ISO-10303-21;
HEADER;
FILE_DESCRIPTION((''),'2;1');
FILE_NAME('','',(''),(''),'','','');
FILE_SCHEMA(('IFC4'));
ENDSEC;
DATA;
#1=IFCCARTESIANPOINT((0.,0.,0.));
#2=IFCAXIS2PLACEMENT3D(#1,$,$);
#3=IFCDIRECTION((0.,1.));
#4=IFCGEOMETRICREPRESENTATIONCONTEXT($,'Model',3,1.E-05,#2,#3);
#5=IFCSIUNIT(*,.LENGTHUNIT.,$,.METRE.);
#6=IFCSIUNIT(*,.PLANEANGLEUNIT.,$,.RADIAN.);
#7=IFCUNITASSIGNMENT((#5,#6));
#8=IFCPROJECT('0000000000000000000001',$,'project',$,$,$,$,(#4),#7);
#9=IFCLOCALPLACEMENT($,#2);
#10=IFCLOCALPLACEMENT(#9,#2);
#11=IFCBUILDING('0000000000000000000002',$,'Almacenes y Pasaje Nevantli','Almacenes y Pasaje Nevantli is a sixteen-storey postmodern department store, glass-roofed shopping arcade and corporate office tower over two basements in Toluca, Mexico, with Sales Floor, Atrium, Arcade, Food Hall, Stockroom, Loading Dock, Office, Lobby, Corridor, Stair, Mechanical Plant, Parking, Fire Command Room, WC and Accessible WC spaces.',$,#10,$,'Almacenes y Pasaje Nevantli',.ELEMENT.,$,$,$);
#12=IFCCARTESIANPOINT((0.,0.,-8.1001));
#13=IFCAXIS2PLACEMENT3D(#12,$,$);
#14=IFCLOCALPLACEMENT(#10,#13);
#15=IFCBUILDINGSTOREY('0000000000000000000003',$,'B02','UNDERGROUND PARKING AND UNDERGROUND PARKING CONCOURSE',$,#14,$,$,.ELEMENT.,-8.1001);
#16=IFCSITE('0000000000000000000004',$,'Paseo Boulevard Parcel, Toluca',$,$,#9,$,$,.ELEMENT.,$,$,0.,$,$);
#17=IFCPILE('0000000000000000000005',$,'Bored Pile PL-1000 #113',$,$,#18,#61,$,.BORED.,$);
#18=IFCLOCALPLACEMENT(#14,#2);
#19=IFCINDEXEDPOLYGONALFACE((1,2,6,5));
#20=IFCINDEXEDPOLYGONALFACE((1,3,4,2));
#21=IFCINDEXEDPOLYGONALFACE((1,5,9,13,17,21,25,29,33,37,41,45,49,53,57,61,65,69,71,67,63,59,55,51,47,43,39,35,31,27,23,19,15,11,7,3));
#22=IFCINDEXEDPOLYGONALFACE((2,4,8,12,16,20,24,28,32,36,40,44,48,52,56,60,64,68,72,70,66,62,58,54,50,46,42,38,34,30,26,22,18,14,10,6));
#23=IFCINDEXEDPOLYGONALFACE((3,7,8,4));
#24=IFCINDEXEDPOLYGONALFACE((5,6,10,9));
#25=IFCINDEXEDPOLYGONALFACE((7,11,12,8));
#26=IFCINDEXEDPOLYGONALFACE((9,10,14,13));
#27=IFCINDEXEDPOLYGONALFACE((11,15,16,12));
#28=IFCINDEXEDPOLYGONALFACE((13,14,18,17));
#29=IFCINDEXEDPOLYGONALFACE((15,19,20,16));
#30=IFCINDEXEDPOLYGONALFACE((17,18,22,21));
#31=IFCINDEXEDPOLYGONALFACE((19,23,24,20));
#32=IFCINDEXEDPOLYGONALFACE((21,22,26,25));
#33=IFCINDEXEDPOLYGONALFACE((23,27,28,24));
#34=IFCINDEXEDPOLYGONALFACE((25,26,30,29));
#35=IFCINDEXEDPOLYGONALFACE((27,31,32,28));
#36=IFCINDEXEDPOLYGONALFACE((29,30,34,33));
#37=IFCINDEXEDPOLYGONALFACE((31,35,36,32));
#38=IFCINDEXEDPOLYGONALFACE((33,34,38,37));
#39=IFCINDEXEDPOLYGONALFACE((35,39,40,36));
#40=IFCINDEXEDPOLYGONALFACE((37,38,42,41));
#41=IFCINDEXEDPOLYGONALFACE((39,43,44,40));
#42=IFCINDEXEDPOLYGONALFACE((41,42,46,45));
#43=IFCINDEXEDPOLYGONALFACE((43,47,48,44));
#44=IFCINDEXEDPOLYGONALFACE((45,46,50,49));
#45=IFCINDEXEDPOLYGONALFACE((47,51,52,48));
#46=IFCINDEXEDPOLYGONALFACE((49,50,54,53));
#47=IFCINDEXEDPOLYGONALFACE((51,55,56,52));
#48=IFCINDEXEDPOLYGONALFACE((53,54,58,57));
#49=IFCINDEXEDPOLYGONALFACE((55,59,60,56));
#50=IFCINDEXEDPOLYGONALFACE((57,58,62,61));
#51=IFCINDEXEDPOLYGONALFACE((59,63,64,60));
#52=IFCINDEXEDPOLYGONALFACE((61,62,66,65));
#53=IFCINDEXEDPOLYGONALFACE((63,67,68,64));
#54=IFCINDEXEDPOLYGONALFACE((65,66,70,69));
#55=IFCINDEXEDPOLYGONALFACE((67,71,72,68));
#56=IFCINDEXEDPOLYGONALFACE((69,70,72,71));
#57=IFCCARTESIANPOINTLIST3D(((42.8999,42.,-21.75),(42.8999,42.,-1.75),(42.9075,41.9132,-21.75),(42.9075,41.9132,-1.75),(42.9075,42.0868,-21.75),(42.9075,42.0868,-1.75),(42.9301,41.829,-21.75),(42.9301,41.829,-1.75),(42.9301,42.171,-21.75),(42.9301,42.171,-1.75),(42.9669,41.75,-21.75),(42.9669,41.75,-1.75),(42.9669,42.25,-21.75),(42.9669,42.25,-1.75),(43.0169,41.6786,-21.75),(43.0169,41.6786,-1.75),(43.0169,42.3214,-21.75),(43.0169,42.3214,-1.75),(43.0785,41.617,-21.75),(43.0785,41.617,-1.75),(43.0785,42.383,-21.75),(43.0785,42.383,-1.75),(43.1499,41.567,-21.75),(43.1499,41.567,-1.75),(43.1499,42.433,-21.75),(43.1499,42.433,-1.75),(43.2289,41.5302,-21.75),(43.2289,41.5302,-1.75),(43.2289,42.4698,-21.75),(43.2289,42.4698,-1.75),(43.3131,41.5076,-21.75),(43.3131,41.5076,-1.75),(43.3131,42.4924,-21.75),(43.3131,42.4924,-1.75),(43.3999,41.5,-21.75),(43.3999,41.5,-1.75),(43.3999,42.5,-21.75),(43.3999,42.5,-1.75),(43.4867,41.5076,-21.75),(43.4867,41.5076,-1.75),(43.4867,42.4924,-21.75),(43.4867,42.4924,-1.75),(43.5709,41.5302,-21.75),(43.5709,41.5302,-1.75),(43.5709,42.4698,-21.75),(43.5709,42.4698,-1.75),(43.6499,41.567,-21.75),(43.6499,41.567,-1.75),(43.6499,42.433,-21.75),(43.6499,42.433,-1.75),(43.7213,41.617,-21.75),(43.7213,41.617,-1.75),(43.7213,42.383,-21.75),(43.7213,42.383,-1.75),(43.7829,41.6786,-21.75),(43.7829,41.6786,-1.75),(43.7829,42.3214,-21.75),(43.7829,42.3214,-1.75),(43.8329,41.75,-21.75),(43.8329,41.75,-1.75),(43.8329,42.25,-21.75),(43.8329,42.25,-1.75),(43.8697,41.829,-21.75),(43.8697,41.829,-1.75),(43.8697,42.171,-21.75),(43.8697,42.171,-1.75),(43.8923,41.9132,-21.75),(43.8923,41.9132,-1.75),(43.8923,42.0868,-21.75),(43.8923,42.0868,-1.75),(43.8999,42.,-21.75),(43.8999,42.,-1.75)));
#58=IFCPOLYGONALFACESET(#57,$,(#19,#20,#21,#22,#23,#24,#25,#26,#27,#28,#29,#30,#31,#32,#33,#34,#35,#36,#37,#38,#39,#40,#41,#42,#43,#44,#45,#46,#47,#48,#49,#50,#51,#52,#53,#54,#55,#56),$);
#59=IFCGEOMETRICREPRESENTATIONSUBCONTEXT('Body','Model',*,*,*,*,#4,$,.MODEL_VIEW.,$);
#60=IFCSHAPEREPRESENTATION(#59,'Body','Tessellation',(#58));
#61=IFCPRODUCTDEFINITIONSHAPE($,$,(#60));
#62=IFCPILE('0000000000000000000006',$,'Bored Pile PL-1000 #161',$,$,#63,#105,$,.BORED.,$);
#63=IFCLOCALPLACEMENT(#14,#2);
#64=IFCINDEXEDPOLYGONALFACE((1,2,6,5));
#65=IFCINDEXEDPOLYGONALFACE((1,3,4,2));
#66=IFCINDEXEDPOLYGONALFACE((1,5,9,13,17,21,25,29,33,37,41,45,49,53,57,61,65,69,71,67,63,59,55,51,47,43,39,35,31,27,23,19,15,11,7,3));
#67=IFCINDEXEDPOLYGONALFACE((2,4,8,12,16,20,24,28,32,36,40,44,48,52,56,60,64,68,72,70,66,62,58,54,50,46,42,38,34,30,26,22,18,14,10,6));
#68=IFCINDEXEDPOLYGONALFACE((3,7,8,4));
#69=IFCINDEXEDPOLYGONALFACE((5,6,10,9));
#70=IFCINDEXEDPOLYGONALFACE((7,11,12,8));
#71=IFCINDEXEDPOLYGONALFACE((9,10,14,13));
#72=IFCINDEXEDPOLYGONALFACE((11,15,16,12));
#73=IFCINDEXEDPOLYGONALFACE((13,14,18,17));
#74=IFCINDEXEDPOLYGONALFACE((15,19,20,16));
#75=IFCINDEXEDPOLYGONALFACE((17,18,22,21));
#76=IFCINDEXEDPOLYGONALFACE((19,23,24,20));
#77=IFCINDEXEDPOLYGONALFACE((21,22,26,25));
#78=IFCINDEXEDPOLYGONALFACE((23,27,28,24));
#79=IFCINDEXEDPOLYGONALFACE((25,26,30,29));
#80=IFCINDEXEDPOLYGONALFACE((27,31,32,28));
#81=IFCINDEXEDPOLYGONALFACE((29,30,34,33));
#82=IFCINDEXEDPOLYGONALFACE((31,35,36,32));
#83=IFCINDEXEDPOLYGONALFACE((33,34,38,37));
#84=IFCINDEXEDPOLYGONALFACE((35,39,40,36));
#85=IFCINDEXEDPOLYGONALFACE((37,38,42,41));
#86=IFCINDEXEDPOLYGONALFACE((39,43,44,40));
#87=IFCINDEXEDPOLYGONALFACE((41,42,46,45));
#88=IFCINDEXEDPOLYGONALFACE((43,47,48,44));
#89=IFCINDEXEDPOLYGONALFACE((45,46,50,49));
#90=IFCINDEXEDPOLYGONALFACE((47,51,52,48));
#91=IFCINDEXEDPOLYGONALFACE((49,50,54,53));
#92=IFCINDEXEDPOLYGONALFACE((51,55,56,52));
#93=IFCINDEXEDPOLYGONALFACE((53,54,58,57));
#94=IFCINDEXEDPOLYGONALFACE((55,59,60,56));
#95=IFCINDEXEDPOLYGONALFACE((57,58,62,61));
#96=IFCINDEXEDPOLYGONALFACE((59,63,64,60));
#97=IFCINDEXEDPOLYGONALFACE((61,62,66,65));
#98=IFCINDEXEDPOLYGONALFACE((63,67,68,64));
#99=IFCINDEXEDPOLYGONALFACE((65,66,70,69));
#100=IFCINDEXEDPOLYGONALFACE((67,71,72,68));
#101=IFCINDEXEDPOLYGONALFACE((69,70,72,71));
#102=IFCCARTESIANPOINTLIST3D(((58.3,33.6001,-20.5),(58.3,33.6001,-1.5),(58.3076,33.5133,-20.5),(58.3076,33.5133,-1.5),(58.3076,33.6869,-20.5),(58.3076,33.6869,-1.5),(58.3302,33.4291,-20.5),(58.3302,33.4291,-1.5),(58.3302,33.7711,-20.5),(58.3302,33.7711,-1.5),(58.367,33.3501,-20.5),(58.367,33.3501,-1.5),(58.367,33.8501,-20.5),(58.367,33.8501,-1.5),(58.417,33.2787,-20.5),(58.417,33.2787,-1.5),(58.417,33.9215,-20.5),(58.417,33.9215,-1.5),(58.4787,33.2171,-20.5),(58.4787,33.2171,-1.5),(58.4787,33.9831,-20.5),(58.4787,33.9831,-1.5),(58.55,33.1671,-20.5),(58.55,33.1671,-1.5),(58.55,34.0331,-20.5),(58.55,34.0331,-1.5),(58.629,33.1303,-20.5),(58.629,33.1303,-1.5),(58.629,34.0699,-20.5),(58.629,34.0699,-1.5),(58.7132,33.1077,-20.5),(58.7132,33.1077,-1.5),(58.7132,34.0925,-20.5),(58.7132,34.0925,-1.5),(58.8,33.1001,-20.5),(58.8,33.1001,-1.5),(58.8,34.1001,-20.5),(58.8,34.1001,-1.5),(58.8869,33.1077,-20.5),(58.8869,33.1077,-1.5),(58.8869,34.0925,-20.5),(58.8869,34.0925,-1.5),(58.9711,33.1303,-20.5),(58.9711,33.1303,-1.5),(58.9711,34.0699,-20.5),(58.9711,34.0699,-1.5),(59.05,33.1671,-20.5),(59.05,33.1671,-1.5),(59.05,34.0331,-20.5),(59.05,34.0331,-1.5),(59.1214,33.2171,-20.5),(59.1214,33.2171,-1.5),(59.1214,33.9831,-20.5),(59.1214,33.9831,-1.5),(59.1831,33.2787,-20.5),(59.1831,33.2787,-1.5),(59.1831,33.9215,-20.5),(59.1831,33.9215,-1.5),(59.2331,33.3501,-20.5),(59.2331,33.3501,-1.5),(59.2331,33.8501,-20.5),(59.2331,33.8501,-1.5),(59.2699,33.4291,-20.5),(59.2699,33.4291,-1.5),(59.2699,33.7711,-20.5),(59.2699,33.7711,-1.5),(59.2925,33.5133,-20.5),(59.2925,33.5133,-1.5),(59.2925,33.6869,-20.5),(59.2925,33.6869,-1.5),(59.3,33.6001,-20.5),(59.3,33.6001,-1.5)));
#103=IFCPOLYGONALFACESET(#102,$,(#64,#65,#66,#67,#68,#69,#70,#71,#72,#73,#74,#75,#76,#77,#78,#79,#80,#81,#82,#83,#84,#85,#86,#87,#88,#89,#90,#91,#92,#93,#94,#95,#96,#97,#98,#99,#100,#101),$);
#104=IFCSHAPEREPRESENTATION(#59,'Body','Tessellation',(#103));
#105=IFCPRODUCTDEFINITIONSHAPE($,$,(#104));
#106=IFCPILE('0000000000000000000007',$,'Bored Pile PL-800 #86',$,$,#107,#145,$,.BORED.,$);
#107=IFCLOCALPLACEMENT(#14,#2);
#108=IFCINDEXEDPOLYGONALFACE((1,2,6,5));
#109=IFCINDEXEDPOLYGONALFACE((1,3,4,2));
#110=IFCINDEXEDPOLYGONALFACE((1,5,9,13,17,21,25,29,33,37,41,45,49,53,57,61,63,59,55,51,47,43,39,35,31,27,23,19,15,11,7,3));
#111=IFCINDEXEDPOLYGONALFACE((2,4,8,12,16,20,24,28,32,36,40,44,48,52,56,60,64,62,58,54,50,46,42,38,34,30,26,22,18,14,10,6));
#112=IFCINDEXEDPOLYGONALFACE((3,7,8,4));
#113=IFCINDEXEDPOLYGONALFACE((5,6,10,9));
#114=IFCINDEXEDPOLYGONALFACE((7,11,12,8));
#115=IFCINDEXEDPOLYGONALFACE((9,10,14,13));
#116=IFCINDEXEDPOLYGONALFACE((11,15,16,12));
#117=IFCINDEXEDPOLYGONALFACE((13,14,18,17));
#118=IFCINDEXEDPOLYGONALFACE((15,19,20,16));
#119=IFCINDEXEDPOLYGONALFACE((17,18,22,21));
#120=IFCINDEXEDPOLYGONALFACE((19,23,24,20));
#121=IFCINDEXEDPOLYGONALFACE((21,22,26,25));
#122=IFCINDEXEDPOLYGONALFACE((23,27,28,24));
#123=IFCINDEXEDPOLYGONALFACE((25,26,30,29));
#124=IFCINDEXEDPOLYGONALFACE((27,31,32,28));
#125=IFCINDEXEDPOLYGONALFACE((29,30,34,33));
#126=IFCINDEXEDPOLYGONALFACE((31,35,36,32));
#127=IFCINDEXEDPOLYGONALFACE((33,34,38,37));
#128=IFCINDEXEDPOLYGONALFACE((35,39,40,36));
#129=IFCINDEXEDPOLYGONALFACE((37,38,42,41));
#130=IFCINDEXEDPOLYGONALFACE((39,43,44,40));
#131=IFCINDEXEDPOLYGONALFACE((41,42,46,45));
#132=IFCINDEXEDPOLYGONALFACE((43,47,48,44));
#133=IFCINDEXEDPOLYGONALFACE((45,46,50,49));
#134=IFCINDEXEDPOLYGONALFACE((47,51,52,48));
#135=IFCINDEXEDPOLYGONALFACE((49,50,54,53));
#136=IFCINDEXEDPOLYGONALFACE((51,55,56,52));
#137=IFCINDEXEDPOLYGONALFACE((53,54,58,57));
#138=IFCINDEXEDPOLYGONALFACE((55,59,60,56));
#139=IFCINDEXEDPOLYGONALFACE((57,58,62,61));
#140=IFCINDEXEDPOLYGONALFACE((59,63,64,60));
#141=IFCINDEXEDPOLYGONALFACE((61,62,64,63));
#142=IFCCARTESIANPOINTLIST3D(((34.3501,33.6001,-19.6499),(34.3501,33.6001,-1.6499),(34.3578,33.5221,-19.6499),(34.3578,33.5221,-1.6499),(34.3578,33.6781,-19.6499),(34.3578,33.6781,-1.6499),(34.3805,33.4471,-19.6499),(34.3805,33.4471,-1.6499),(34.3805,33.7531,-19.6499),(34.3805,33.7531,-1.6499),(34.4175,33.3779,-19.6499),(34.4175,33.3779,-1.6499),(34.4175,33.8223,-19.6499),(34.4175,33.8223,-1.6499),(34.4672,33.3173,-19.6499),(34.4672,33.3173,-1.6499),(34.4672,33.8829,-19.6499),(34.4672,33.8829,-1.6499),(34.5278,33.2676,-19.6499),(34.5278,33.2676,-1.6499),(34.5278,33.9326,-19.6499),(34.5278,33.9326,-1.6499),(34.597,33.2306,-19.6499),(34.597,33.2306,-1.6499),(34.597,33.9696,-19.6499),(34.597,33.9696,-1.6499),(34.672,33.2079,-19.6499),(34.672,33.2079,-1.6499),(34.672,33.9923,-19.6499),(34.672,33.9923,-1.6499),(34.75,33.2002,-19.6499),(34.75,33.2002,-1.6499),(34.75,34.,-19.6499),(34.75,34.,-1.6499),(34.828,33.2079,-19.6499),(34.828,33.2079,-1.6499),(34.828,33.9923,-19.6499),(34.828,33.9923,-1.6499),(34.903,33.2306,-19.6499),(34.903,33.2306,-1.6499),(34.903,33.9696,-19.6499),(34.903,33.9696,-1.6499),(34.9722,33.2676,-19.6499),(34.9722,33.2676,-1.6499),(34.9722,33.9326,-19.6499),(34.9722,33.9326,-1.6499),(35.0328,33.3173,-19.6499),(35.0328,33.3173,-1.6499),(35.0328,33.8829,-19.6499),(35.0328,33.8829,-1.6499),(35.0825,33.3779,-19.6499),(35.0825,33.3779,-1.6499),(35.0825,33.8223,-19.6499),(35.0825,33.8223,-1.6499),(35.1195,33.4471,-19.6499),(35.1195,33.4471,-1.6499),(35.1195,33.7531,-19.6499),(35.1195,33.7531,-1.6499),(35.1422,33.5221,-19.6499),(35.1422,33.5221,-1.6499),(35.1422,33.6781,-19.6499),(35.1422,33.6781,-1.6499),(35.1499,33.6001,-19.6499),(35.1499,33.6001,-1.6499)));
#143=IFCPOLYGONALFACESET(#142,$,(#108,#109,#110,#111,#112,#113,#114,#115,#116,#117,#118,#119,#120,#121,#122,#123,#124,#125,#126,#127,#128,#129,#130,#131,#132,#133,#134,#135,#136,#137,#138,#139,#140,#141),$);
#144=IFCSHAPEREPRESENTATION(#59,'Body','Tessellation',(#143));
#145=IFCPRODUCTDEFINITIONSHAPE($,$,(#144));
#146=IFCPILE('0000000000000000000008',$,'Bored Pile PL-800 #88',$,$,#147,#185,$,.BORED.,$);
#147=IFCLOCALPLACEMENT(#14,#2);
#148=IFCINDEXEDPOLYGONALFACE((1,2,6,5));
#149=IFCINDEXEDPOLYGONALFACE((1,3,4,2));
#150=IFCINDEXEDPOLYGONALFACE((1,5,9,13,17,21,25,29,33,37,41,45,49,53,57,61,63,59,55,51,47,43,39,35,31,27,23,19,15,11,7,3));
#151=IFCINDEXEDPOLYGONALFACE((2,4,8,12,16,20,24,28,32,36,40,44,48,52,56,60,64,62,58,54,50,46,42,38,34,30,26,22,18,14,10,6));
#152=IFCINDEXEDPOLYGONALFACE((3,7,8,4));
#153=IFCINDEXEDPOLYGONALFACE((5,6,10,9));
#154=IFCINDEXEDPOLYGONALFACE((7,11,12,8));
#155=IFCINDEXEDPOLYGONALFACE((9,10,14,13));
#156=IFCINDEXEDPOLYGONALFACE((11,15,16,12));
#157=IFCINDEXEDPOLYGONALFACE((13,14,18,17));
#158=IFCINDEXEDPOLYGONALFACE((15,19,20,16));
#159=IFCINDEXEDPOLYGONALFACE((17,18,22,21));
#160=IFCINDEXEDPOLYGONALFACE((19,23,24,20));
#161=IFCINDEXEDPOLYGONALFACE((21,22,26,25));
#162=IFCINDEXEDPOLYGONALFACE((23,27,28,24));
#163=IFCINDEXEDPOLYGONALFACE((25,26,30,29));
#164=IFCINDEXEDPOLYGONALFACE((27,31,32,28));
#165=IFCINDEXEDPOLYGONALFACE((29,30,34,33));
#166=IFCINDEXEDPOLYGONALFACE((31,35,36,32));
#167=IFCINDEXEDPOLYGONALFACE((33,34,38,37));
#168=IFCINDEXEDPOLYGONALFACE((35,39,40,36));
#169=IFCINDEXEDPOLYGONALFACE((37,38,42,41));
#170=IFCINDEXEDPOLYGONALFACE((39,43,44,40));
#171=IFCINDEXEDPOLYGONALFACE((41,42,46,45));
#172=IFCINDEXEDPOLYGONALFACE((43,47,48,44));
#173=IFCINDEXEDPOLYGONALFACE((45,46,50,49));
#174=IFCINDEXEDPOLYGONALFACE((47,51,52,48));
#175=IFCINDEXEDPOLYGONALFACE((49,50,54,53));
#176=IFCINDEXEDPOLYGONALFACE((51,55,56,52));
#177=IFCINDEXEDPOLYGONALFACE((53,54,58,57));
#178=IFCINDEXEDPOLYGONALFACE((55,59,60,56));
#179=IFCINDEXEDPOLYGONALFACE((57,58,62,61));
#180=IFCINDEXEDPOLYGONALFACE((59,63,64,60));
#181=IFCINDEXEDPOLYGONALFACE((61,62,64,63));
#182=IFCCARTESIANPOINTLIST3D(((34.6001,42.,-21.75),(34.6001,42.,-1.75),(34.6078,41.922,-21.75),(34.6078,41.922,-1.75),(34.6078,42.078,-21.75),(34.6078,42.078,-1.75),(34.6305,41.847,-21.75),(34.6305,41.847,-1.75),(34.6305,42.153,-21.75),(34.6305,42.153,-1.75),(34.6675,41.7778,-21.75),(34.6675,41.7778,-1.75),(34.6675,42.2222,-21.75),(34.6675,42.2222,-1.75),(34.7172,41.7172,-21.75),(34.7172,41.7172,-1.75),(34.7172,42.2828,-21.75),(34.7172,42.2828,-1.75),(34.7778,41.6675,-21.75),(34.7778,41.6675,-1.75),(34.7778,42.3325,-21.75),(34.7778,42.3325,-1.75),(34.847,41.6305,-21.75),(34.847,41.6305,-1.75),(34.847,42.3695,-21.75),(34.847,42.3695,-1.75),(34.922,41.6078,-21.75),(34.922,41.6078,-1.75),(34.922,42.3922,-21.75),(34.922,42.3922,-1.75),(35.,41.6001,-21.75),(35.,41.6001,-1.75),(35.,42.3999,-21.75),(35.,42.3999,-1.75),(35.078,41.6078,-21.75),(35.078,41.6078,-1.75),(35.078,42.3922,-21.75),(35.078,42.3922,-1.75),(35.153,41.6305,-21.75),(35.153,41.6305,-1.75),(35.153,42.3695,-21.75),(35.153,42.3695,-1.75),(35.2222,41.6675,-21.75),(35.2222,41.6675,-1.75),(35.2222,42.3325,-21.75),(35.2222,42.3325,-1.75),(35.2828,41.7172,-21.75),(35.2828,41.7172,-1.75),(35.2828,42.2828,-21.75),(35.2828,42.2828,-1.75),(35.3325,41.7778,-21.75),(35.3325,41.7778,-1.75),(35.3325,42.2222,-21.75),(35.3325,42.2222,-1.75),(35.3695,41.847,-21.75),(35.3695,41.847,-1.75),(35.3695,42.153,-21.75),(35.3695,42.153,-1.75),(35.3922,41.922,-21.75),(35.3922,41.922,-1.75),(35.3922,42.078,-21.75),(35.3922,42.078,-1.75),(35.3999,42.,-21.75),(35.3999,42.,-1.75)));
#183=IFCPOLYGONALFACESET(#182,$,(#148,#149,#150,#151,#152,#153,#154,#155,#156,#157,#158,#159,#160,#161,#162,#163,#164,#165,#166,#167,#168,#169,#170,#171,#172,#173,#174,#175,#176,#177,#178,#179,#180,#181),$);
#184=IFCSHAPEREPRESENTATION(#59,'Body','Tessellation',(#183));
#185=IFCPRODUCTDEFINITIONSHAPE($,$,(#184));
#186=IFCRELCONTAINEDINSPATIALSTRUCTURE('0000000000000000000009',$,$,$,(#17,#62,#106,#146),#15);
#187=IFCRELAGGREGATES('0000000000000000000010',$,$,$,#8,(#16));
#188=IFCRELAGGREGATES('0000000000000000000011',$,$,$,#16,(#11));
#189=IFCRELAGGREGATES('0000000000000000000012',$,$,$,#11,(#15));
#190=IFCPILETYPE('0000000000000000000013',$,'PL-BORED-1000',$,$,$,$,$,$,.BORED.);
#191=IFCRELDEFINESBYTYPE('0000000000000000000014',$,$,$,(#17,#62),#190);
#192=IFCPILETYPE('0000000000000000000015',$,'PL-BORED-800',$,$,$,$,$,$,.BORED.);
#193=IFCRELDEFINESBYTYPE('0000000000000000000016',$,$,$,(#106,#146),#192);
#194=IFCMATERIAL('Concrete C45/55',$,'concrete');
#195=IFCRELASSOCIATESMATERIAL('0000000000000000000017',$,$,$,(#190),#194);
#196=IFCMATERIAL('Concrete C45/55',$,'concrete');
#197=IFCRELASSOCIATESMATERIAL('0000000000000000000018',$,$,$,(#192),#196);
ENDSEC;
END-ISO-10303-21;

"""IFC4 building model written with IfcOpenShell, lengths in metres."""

from ifc_helpers import new_model, si_unit, direction, frame, origin, origin_2d, place, context, subcontext, project, spatial, circle, extrude, material, material_profile, profile_set, type_object, element, save


model = new_model("IFC4")

# Units and contexts
model_context = context("Model", 3, precision=1e-05, world=origin(), true_north=direction((0.0, 1.0)))
body_context = subcontext(model_context, "Body", "Model", "MODEL_VIEW")
ifc_project = project(units=[si_unit("LENGTHUNIT", "METRE"), si_unit("PLANEANGLEUNIT", "RADIAN")], contexts=[model_context])

# Site, building, storey
site_placement = place(None, origin())
site = spatial("IfcSite", under=ifc_project, at=site_placement, Name="Paseo Boulevard Parcel, Toluca", CompositionType="ELEMENT", RefElevation=0.0)
building_placement = place(site_placement, origin())
building = spatial("IfcBuilding", under=site, at=building_placement, Name="Almacenes y Pasaje Nevantli", Description="Almacenes y Pasaje Nevantli is a sixteen-storey postmodern department store, glass-roofed shopping arcade and corporate office tower over two basements in Toluca, Mexico, with Sales Floor, Atrium, Arcade, Food Hall, Stockroom, Loading Dock, Office, Lobby, Corridor, Stair, Mechanical Plant, Parking, Fire Command Room, WC and Accessible WC spaces.", LongName="Almacenes y Pasaje Nevantli", CompositionType="ELEMENT")
storey_placement = place(building_placement, frame((0.0, 0.0, -8.1001)))
storey = spatial("IfcBuildingStorey", under=building, at=storey_placement, Name="B02", Description="UNDERGROUND PARKING AND UNDERGROUND PARKING CONCOURSE", CompositionType="ELEMENT", Elevation=-8.1001)

# Piles
ifc_material_1 = material(Name="Concrete C45/55", Category="concrete")
ifc_material_profile_1 = material_profile(ifc_material_1, circle(Radius=0.5, at=origin_2d()), Name="RC-PILE-D1000")
ifc_profile_set_1 = profile_set([ifc_material_profile_1], Name="Concrete C45/55")
pile_type_1 = type_object("IfcPileType", Name="PL-BORED-1000", PredefinedType="BORED", material=ifc_profile_set_1)
for number, where, z_axis, x_axis, name in (
    (1, (43.3999, 42.0, -1.75), (0.0, 0.0, -1.0), (1.0, 0.0, 0.0), "Bored Pile PL-1000 #113"),
):
    element("IfcPile", number, at=place(storey_placement, frame(where, z_axis=z_axis, x_axis=x_axis)), inside=storey, type_object=pile_type_1, Name=name, PredefinedType="BORED", context=body_context, shape_type="SweptSolid", body=[
        extrude(circle(Radius=0.5, at=origin_2d()), origin(), (0.0, 0.0, 1.0), 20.0),
    ])
pile_1_placement = place(storey_placement, frame((58.8, 33.6001, -1.5), z_axis=(0.0, 0.0, -1.0), x_axis=(1.0, 0.0, 0.0)))
element("IfcPile", 2, at=pile_1_placement, inside=storey, type_object=pile_type_1, Name="Bored Pile PL-1000 #161", PredefinedType="BORED", context=body_context, shape_type="SweptSolid", body=[
    extrude(circle(Radius=0.5, at=origin_2d()), origin(), (0.0, 0.0, 1.0), 19.0),
])
ifc_material_2 = material(Name="Concrete C45/55", Category="concrete")
ifc_material_profile_2 = material_profile(ifc_material_2, circle(Radius=0.3999, at=origin_2d()), Name="RC-PILE-D800")
ifc_profile_set_2 = profile_set([ifc_material_profile_2], Name="Concrete C45/55")
pile_type_2 = type_object("IfcPileType", Name="PL-BORED-800", PredefinedType="BORED", material=ifc_profile_set_2)
pile_2_placement = place(storey_placement, frame((34.75, 33.6001, -1.6499), z_axis=(0.0, 0.0, -1.0), x_axis=(1.0, 0.0, 0.0)))
element("IfcPile", 3, at=pile_2_placement, inside=storey, type_object=pile_type_2, Name="Bored Pile PL-800 #86", PredefinedType="BORED", context=body_context, shape_type="SweptSolid", body=[
    extrude(circle(Radius=0.3999, at=origin_2d()), origin(), (0.0, 0.0, 1.0), 18.0),
])
pile_3_placement = place(storey_placement, frame((35.0, 42.0, -1.75), z_axis=(0.0, 0.0, -1.0), x_axis=(1.0, 0.0, 0.0)))
element("IfcPile", 4, at=pile_3_placement, inside=storey, type_object=pile_type_2, Name="Bored Pile PL-800 #88", PredefinedType="BORED", context=body_context, shape_type="SweptSolid", body=[
    extrude(circle(Radius=0.3999, at=origin_2d()), origin(), (0.0, 0.0, 1.0), 20.0),
])

save(model, "model.ifc")
